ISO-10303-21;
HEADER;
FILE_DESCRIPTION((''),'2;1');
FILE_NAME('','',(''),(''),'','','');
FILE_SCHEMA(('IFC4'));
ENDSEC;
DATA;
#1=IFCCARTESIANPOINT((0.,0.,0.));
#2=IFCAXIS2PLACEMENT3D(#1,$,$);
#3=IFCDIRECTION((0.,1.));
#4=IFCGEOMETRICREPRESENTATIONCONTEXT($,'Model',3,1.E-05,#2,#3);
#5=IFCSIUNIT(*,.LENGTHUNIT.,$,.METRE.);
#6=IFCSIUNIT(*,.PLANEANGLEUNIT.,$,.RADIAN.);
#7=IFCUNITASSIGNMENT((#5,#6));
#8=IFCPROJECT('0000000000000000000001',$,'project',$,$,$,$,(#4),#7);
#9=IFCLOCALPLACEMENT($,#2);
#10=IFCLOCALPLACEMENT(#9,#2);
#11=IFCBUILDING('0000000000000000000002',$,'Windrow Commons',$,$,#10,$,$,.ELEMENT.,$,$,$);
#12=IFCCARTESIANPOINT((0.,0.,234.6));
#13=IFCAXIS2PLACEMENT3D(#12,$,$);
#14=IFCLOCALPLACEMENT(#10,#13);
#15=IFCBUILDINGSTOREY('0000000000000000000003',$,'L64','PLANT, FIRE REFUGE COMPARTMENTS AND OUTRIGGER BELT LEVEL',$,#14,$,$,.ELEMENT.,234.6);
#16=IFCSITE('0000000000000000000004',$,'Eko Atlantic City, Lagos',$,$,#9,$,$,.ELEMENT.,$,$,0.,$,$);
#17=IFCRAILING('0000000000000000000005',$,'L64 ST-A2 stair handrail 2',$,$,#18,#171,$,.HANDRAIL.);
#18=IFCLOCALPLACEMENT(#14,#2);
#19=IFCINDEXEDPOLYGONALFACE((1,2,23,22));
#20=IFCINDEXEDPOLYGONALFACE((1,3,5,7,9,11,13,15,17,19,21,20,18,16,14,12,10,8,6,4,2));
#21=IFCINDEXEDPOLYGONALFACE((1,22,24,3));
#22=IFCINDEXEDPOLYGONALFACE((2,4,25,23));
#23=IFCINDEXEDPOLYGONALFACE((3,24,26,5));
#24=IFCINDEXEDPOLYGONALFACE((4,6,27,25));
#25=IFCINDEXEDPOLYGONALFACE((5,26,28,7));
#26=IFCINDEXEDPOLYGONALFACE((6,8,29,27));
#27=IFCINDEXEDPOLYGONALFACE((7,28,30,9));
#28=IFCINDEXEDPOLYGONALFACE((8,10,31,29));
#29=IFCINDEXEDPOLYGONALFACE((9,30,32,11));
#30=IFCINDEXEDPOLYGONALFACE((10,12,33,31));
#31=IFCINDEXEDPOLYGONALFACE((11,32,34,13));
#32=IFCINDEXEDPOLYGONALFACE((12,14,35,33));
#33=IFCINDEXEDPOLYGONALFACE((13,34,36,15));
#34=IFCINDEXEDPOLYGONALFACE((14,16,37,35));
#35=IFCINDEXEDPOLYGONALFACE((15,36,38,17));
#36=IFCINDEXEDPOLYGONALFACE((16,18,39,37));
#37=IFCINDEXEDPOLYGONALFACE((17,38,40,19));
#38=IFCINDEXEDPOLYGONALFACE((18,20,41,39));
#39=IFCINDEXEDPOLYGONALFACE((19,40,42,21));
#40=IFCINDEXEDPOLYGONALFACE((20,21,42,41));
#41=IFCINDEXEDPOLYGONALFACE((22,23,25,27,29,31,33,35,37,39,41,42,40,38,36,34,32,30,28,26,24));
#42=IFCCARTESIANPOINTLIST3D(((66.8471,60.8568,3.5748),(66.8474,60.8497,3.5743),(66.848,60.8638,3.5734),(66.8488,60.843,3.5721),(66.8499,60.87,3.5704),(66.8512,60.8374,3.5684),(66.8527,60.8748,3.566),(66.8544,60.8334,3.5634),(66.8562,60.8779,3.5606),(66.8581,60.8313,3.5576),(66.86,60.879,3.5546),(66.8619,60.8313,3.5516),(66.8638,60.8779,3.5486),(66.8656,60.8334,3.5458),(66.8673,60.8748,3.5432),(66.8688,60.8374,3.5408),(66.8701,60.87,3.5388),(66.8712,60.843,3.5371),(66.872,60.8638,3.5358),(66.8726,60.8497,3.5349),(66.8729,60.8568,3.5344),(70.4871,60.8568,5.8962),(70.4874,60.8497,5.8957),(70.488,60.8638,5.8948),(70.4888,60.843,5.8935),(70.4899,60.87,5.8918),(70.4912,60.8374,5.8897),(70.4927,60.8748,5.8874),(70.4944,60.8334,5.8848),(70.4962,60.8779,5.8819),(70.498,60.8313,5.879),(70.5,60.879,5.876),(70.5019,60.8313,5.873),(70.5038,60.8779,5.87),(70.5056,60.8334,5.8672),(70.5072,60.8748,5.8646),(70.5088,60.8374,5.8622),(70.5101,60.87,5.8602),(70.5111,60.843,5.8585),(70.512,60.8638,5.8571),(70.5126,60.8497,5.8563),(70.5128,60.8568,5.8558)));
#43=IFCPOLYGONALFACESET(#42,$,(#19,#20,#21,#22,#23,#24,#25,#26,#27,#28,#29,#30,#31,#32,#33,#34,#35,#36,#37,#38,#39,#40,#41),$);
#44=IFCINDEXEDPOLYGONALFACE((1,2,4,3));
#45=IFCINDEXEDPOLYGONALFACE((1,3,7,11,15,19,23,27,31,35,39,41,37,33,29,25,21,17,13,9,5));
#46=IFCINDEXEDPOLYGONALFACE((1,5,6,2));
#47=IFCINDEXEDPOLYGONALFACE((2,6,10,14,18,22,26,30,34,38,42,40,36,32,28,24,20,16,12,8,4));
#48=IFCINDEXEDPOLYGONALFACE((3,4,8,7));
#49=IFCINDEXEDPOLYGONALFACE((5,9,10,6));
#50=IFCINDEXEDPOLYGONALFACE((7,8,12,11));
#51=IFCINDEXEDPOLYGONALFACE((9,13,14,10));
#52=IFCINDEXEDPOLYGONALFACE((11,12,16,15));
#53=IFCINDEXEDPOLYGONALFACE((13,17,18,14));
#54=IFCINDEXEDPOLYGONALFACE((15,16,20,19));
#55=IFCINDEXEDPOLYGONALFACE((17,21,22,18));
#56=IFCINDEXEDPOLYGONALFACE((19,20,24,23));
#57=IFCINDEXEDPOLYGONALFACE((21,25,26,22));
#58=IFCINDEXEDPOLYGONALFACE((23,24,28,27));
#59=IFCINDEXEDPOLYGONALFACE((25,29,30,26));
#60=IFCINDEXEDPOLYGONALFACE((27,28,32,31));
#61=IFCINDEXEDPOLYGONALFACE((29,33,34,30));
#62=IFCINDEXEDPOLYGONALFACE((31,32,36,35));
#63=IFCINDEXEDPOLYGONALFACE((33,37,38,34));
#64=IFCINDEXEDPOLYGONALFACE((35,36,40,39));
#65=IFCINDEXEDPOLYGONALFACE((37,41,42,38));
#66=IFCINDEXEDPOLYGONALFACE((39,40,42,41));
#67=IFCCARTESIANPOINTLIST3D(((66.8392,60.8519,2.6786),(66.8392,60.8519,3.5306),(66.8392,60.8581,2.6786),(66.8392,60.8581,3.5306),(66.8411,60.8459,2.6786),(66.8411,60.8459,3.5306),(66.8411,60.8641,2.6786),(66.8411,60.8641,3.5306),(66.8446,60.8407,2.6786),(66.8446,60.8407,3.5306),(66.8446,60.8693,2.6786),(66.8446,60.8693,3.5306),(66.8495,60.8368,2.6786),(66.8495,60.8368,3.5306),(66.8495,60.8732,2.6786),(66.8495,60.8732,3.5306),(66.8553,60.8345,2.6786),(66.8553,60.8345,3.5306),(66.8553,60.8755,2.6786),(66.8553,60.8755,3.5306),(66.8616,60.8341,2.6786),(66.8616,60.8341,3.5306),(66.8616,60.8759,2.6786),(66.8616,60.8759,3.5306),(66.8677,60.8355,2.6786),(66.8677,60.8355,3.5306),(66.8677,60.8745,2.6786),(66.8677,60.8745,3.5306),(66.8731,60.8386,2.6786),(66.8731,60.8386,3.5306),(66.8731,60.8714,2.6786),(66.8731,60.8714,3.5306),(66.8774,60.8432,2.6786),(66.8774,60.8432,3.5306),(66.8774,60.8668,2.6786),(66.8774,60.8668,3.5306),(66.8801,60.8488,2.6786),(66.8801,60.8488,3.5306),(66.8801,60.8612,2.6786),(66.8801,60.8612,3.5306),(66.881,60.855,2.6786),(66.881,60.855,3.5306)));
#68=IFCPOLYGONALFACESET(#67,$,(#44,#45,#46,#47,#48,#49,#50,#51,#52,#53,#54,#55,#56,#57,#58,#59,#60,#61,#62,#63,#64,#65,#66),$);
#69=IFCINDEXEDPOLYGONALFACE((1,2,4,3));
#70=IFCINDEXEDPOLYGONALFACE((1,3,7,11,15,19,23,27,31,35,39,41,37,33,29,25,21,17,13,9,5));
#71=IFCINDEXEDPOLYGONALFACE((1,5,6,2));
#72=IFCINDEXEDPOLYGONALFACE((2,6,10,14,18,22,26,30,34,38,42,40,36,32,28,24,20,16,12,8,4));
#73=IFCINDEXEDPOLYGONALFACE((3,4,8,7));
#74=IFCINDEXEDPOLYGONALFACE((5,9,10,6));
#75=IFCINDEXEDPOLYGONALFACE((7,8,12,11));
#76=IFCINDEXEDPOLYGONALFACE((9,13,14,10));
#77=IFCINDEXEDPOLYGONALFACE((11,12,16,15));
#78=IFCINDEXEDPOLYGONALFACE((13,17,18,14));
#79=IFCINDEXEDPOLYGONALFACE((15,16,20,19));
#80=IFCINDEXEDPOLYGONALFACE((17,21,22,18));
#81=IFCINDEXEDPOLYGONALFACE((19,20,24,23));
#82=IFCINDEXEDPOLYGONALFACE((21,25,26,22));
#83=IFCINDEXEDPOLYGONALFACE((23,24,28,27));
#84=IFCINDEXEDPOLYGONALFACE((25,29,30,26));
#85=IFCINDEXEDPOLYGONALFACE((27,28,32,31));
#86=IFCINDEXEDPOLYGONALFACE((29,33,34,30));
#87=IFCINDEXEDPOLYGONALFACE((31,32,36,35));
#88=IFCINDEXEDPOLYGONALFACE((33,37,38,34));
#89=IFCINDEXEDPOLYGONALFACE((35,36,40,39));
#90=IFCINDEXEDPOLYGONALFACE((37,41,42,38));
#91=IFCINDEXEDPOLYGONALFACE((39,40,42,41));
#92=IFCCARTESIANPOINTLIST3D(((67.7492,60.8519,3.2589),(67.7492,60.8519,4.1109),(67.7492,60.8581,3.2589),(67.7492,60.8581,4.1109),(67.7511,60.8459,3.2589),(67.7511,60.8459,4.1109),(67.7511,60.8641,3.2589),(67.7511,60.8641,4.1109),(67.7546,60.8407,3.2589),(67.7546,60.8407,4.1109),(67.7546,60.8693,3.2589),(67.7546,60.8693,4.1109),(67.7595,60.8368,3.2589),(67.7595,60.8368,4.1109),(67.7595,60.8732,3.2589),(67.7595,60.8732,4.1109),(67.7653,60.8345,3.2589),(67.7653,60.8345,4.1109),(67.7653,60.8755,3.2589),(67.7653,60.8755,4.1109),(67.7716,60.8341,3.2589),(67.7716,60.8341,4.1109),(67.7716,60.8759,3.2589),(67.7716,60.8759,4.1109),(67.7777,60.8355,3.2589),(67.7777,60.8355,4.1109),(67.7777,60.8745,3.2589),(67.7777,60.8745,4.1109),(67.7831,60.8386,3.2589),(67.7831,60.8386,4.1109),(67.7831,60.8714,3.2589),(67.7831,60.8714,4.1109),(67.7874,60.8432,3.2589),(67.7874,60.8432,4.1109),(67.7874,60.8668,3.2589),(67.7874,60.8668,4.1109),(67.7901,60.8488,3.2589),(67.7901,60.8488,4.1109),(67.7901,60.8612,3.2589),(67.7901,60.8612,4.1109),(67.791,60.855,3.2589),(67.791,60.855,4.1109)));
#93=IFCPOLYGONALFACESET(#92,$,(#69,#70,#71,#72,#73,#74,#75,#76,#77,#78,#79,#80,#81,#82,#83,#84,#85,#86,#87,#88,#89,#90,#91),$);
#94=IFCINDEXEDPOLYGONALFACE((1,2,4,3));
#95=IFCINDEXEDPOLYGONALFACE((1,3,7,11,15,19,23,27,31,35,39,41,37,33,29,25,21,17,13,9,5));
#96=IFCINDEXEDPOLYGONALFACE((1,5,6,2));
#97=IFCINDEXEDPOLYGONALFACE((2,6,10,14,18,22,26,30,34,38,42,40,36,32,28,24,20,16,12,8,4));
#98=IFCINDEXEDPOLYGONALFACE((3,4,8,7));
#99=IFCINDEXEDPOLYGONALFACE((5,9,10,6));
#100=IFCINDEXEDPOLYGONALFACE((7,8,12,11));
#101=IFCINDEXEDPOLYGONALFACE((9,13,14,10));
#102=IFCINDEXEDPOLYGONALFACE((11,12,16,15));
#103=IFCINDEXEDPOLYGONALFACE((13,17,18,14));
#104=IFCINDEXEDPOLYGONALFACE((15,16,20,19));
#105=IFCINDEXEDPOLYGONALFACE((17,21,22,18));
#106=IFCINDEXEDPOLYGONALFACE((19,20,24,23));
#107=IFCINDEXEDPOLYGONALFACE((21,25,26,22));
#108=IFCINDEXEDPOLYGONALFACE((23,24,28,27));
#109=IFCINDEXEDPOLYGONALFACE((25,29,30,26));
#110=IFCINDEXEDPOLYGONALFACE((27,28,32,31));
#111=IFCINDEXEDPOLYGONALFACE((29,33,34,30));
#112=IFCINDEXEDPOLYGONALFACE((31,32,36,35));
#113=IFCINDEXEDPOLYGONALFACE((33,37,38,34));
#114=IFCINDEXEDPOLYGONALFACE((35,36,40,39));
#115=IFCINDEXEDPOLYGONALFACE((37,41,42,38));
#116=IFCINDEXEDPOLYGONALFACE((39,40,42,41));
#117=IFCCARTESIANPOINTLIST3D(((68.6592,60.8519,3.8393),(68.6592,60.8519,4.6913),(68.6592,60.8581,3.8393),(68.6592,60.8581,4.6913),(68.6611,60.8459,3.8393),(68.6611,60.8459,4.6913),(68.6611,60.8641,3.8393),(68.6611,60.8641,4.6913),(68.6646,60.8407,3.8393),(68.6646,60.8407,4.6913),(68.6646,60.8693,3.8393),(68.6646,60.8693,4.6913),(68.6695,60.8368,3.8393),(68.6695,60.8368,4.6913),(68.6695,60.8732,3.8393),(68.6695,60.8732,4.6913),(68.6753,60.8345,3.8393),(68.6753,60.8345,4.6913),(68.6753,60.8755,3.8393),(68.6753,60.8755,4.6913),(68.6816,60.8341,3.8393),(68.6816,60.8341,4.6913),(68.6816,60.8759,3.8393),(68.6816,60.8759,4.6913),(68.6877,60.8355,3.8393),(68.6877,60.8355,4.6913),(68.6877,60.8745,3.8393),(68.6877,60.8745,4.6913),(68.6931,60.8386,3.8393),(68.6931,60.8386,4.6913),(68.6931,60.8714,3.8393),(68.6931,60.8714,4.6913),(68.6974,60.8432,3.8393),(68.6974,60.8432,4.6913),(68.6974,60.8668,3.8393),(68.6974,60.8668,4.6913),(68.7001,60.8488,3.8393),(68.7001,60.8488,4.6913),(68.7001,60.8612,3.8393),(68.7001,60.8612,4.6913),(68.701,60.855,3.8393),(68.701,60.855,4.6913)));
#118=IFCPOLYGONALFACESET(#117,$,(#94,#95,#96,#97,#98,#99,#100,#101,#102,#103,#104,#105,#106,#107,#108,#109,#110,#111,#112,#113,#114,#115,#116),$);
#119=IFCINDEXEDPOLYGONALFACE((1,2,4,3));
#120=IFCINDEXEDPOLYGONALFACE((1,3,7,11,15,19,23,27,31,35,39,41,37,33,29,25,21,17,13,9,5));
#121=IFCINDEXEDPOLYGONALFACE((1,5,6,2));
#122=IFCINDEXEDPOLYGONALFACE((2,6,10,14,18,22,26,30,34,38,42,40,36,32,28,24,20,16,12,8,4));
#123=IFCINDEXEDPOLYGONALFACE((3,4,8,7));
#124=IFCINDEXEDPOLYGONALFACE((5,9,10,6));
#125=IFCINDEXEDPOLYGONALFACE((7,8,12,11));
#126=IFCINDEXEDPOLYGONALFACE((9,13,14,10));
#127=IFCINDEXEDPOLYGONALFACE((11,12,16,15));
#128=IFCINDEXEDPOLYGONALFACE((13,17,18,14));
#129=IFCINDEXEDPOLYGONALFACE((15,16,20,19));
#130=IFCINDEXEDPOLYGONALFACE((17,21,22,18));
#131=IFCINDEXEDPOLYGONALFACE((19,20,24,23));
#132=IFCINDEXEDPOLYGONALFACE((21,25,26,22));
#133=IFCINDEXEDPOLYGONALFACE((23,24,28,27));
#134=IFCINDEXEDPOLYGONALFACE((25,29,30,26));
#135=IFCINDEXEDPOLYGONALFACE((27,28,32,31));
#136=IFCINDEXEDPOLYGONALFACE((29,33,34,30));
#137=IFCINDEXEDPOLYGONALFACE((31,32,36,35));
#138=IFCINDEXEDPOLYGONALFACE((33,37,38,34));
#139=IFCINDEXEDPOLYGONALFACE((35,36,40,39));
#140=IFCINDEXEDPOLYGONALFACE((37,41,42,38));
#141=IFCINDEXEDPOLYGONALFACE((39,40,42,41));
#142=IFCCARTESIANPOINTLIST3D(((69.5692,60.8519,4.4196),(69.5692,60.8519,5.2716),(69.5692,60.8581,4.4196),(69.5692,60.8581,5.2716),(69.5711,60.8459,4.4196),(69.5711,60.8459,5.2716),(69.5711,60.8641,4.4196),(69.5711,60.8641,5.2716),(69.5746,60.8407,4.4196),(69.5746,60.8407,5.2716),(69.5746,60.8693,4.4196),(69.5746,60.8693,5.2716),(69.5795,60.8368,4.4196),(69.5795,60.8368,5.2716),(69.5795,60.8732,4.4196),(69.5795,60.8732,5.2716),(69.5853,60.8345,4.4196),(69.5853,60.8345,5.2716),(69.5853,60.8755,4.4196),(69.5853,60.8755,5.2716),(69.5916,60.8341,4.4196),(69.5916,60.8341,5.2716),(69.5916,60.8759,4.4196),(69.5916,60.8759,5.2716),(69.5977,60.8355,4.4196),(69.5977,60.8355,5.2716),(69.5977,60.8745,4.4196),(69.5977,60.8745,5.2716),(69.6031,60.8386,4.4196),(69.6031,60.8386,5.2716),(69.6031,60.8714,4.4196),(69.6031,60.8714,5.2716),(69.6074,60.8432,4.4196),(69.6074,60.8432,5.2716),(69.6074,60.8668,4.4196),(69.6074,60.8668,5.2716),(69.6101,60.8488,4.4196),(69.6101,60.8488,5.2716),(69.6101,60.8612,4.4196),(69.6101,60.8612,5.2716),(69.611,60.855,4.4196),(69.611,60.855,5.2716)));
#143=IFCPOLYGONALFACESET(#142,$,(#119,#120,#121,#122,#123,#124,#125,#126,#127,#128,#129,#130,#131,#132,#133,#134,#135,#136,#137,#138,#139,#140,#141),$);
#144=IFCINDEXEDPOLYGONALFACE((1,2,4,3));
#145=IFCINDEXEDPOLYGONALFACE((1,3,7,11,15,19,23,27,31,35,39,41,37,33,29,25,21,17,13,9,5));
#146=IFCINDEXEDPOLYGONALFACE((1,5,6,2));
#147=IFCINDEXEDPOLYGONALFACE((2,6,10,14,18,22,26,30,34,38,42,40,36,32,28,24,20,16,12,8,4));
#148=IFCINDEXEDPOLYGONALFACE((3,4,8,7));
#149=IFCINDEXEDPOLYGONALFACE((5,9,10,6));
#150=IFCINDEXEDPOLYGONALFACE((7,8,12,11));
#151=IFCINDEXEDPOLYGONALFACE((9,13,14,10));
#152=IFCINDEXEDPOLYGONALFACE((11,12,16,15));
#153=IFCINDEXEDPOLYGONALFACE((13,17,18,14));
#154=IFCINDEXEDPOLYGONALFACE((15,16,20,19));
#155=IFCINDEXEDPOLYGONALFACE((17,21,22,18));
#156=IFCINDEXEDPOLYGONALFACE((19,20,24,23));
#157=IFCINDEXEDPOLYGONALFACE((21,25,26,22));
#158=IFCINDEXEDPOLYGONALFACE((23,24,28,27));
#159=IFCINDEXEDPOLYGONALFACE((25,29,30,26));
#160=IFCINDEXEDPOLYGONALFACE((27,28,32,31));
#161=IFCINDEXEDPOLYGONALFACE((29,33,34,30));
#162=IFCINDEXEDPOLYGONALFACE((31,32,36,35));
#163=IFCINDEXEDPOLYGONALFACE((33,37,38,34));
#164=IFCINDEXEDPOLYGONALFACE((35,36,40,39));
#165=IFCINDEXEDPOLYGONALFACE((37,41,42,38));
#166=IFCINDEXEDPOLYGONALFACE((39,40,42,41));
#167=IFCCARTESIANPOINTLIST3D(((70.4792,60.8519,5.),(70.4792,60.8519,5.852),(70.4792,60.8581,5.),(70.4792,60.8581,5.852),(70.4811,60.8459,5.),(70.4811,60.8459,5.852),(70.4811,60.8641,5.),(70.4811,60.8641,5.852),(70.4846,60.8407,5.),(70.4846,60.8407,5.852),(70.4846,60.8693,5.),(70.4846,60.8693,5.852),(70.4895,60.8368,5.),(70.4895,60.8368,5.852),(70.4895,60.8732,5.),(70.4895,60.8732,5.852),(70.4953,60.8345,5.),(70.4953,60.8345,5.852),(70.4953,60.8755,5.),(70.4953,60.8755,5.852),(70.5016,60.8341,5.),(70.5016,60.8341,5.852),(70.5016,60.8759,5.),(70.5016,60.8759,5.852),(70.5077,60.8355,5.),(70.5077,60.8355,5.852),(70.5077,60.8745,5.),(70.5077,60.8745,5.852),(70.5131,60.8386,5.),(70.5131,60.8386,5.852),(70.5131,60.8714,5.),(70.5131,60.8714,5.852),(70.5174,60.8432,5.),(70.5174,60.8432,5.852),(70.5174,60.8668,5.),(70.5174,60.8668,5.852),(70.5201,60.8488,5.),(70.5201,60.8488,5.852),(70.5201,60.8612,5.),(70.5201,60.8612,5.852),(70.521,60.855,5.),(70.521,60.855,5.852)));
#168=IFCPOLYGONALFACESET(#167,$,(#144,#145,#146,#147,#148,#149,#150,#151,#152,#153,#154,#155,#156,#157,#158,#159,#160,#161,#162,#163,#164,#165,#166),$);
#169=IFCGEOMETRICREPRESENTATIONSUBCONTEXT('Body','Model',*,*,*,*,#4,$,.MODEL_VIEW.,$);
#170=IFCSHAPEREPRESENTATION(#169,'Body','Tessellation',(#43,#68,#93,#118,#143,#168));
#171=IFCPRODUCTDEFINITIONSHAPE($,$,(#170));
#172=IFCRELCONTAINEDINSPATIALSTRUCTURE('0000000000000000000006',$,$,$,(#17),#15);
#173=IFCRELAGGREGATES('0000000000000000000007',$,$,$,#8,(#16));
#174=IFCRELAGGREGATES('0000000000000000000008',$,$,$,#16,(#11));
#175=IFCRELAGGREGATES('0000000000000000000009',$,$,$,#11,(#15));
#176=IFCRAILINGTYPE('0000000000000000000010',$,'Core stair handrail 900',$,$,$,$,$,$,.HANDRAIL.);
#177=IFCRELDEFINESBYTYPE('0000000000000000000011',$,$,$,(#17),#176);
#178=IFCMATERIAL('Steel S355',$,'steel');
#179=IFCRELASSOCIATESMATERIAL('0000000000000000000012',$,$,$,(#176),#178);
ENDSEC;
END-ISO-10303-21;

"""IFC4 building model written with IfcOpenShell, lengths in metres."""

from ifc_helpers import new_model, si_unit, direction, frame, origin, origin_2d, place, context, subcontext, project, spatial, circle, extrude, material, type_object, element, save


model = new_model("IFC4")

# Units and contexts
model_context = context("Model", 3, precision=1e-05, world=origin(), true_north=direction((0.0, 1.0)))
body_context = subcontext(model_context, "Body", "Model", "MODEL_VIEW")
ifc_project = project(units=[si_unit("LENGTHUNIT", "METRE"), si_unit("PLANEANGLEUNIT", "RADIAN")], contexts=[model_context])

# Site, building, storey
site_placement = place(None, origin())
site = spatial("IfcSite", under=ifc_project, at=site_placement, Name="Eko Atlantic City, Lagos", CompositionType="ELEMENT", RefElevation=0.0)
building_placement = place(site_placement, origin())
building = spatial("IfcBuilding", under=site, at=building_placement, Name="Windrow Commons", CompositionType="ELEMENT")
storey_placement = place(building_placement, frame((0.0, 0.0, 234.6)))
storey = spatial("IfcBuildingStorey", under=building, at=storey_placement, Name="L64", Description="PLANT, FIRE REFUGE COMPARTMENTS AND OUTRIGGER BELT LEVEL", CompositionType="ELEMENT", Elevation=234.6)

# Railing
ifc_material_1 = material(Name="Steel S355", Category="steel")
railing_type_1 = type_object("IfcRailingType", Name="Core stair handrail 900", PredefinedType="HANDRAIL", material=ifc_material_1)
railing_1_placement = place(storey_placement, frame((66.86, 60.855, 2.6786)))
element("IfcRailing", 1, at=railing_1_placement, inside=storey, type_object=railing_type_1, Name="L64 ST-A2 stair handrail 2", PredefinedType="HANDRAIL", context=body_context, shape_type="SweptSolid", body=[
    extrude(circle(Radius=0.024, at=origin_2d()), frame((0.0, 0.0, 0.876), z_axis=(0.843133, 0.0, 0.537706), x_axis=(0.0, 1.0, 0.0)), (0.0, 0.0, 1.0), 4.3172),
    extrude(circle(Radius=0.021, at=origin_2d()), origin(), (0.0, 0.0, 1.0), 0.852),
    extrude(circle(Radius=0.021, at=origin_2d()), frame((0.91, 0.0, 0.5803)), (0.0, 0.0, 1.0), 0.852),
    extrude(circle(Radius=0.021, at=origin_2d()), frame((1.82, 0.0, 1.1607)), (0.0, 0.0, 1.0), 0.852),
    extrude(circle(Radius=0.021, at=origin_2d()), frame((2.73, 0.0, 1.741)), (0.0, 0.0, 1.0), 0.852),
    extrude(circle(Radius=0.021, at=origin_2d()), frame((3.64, 0.0, 2.3214)), (0.0, 0.0, 1.0), 0.852),
])

save(model, "model.ifc")
